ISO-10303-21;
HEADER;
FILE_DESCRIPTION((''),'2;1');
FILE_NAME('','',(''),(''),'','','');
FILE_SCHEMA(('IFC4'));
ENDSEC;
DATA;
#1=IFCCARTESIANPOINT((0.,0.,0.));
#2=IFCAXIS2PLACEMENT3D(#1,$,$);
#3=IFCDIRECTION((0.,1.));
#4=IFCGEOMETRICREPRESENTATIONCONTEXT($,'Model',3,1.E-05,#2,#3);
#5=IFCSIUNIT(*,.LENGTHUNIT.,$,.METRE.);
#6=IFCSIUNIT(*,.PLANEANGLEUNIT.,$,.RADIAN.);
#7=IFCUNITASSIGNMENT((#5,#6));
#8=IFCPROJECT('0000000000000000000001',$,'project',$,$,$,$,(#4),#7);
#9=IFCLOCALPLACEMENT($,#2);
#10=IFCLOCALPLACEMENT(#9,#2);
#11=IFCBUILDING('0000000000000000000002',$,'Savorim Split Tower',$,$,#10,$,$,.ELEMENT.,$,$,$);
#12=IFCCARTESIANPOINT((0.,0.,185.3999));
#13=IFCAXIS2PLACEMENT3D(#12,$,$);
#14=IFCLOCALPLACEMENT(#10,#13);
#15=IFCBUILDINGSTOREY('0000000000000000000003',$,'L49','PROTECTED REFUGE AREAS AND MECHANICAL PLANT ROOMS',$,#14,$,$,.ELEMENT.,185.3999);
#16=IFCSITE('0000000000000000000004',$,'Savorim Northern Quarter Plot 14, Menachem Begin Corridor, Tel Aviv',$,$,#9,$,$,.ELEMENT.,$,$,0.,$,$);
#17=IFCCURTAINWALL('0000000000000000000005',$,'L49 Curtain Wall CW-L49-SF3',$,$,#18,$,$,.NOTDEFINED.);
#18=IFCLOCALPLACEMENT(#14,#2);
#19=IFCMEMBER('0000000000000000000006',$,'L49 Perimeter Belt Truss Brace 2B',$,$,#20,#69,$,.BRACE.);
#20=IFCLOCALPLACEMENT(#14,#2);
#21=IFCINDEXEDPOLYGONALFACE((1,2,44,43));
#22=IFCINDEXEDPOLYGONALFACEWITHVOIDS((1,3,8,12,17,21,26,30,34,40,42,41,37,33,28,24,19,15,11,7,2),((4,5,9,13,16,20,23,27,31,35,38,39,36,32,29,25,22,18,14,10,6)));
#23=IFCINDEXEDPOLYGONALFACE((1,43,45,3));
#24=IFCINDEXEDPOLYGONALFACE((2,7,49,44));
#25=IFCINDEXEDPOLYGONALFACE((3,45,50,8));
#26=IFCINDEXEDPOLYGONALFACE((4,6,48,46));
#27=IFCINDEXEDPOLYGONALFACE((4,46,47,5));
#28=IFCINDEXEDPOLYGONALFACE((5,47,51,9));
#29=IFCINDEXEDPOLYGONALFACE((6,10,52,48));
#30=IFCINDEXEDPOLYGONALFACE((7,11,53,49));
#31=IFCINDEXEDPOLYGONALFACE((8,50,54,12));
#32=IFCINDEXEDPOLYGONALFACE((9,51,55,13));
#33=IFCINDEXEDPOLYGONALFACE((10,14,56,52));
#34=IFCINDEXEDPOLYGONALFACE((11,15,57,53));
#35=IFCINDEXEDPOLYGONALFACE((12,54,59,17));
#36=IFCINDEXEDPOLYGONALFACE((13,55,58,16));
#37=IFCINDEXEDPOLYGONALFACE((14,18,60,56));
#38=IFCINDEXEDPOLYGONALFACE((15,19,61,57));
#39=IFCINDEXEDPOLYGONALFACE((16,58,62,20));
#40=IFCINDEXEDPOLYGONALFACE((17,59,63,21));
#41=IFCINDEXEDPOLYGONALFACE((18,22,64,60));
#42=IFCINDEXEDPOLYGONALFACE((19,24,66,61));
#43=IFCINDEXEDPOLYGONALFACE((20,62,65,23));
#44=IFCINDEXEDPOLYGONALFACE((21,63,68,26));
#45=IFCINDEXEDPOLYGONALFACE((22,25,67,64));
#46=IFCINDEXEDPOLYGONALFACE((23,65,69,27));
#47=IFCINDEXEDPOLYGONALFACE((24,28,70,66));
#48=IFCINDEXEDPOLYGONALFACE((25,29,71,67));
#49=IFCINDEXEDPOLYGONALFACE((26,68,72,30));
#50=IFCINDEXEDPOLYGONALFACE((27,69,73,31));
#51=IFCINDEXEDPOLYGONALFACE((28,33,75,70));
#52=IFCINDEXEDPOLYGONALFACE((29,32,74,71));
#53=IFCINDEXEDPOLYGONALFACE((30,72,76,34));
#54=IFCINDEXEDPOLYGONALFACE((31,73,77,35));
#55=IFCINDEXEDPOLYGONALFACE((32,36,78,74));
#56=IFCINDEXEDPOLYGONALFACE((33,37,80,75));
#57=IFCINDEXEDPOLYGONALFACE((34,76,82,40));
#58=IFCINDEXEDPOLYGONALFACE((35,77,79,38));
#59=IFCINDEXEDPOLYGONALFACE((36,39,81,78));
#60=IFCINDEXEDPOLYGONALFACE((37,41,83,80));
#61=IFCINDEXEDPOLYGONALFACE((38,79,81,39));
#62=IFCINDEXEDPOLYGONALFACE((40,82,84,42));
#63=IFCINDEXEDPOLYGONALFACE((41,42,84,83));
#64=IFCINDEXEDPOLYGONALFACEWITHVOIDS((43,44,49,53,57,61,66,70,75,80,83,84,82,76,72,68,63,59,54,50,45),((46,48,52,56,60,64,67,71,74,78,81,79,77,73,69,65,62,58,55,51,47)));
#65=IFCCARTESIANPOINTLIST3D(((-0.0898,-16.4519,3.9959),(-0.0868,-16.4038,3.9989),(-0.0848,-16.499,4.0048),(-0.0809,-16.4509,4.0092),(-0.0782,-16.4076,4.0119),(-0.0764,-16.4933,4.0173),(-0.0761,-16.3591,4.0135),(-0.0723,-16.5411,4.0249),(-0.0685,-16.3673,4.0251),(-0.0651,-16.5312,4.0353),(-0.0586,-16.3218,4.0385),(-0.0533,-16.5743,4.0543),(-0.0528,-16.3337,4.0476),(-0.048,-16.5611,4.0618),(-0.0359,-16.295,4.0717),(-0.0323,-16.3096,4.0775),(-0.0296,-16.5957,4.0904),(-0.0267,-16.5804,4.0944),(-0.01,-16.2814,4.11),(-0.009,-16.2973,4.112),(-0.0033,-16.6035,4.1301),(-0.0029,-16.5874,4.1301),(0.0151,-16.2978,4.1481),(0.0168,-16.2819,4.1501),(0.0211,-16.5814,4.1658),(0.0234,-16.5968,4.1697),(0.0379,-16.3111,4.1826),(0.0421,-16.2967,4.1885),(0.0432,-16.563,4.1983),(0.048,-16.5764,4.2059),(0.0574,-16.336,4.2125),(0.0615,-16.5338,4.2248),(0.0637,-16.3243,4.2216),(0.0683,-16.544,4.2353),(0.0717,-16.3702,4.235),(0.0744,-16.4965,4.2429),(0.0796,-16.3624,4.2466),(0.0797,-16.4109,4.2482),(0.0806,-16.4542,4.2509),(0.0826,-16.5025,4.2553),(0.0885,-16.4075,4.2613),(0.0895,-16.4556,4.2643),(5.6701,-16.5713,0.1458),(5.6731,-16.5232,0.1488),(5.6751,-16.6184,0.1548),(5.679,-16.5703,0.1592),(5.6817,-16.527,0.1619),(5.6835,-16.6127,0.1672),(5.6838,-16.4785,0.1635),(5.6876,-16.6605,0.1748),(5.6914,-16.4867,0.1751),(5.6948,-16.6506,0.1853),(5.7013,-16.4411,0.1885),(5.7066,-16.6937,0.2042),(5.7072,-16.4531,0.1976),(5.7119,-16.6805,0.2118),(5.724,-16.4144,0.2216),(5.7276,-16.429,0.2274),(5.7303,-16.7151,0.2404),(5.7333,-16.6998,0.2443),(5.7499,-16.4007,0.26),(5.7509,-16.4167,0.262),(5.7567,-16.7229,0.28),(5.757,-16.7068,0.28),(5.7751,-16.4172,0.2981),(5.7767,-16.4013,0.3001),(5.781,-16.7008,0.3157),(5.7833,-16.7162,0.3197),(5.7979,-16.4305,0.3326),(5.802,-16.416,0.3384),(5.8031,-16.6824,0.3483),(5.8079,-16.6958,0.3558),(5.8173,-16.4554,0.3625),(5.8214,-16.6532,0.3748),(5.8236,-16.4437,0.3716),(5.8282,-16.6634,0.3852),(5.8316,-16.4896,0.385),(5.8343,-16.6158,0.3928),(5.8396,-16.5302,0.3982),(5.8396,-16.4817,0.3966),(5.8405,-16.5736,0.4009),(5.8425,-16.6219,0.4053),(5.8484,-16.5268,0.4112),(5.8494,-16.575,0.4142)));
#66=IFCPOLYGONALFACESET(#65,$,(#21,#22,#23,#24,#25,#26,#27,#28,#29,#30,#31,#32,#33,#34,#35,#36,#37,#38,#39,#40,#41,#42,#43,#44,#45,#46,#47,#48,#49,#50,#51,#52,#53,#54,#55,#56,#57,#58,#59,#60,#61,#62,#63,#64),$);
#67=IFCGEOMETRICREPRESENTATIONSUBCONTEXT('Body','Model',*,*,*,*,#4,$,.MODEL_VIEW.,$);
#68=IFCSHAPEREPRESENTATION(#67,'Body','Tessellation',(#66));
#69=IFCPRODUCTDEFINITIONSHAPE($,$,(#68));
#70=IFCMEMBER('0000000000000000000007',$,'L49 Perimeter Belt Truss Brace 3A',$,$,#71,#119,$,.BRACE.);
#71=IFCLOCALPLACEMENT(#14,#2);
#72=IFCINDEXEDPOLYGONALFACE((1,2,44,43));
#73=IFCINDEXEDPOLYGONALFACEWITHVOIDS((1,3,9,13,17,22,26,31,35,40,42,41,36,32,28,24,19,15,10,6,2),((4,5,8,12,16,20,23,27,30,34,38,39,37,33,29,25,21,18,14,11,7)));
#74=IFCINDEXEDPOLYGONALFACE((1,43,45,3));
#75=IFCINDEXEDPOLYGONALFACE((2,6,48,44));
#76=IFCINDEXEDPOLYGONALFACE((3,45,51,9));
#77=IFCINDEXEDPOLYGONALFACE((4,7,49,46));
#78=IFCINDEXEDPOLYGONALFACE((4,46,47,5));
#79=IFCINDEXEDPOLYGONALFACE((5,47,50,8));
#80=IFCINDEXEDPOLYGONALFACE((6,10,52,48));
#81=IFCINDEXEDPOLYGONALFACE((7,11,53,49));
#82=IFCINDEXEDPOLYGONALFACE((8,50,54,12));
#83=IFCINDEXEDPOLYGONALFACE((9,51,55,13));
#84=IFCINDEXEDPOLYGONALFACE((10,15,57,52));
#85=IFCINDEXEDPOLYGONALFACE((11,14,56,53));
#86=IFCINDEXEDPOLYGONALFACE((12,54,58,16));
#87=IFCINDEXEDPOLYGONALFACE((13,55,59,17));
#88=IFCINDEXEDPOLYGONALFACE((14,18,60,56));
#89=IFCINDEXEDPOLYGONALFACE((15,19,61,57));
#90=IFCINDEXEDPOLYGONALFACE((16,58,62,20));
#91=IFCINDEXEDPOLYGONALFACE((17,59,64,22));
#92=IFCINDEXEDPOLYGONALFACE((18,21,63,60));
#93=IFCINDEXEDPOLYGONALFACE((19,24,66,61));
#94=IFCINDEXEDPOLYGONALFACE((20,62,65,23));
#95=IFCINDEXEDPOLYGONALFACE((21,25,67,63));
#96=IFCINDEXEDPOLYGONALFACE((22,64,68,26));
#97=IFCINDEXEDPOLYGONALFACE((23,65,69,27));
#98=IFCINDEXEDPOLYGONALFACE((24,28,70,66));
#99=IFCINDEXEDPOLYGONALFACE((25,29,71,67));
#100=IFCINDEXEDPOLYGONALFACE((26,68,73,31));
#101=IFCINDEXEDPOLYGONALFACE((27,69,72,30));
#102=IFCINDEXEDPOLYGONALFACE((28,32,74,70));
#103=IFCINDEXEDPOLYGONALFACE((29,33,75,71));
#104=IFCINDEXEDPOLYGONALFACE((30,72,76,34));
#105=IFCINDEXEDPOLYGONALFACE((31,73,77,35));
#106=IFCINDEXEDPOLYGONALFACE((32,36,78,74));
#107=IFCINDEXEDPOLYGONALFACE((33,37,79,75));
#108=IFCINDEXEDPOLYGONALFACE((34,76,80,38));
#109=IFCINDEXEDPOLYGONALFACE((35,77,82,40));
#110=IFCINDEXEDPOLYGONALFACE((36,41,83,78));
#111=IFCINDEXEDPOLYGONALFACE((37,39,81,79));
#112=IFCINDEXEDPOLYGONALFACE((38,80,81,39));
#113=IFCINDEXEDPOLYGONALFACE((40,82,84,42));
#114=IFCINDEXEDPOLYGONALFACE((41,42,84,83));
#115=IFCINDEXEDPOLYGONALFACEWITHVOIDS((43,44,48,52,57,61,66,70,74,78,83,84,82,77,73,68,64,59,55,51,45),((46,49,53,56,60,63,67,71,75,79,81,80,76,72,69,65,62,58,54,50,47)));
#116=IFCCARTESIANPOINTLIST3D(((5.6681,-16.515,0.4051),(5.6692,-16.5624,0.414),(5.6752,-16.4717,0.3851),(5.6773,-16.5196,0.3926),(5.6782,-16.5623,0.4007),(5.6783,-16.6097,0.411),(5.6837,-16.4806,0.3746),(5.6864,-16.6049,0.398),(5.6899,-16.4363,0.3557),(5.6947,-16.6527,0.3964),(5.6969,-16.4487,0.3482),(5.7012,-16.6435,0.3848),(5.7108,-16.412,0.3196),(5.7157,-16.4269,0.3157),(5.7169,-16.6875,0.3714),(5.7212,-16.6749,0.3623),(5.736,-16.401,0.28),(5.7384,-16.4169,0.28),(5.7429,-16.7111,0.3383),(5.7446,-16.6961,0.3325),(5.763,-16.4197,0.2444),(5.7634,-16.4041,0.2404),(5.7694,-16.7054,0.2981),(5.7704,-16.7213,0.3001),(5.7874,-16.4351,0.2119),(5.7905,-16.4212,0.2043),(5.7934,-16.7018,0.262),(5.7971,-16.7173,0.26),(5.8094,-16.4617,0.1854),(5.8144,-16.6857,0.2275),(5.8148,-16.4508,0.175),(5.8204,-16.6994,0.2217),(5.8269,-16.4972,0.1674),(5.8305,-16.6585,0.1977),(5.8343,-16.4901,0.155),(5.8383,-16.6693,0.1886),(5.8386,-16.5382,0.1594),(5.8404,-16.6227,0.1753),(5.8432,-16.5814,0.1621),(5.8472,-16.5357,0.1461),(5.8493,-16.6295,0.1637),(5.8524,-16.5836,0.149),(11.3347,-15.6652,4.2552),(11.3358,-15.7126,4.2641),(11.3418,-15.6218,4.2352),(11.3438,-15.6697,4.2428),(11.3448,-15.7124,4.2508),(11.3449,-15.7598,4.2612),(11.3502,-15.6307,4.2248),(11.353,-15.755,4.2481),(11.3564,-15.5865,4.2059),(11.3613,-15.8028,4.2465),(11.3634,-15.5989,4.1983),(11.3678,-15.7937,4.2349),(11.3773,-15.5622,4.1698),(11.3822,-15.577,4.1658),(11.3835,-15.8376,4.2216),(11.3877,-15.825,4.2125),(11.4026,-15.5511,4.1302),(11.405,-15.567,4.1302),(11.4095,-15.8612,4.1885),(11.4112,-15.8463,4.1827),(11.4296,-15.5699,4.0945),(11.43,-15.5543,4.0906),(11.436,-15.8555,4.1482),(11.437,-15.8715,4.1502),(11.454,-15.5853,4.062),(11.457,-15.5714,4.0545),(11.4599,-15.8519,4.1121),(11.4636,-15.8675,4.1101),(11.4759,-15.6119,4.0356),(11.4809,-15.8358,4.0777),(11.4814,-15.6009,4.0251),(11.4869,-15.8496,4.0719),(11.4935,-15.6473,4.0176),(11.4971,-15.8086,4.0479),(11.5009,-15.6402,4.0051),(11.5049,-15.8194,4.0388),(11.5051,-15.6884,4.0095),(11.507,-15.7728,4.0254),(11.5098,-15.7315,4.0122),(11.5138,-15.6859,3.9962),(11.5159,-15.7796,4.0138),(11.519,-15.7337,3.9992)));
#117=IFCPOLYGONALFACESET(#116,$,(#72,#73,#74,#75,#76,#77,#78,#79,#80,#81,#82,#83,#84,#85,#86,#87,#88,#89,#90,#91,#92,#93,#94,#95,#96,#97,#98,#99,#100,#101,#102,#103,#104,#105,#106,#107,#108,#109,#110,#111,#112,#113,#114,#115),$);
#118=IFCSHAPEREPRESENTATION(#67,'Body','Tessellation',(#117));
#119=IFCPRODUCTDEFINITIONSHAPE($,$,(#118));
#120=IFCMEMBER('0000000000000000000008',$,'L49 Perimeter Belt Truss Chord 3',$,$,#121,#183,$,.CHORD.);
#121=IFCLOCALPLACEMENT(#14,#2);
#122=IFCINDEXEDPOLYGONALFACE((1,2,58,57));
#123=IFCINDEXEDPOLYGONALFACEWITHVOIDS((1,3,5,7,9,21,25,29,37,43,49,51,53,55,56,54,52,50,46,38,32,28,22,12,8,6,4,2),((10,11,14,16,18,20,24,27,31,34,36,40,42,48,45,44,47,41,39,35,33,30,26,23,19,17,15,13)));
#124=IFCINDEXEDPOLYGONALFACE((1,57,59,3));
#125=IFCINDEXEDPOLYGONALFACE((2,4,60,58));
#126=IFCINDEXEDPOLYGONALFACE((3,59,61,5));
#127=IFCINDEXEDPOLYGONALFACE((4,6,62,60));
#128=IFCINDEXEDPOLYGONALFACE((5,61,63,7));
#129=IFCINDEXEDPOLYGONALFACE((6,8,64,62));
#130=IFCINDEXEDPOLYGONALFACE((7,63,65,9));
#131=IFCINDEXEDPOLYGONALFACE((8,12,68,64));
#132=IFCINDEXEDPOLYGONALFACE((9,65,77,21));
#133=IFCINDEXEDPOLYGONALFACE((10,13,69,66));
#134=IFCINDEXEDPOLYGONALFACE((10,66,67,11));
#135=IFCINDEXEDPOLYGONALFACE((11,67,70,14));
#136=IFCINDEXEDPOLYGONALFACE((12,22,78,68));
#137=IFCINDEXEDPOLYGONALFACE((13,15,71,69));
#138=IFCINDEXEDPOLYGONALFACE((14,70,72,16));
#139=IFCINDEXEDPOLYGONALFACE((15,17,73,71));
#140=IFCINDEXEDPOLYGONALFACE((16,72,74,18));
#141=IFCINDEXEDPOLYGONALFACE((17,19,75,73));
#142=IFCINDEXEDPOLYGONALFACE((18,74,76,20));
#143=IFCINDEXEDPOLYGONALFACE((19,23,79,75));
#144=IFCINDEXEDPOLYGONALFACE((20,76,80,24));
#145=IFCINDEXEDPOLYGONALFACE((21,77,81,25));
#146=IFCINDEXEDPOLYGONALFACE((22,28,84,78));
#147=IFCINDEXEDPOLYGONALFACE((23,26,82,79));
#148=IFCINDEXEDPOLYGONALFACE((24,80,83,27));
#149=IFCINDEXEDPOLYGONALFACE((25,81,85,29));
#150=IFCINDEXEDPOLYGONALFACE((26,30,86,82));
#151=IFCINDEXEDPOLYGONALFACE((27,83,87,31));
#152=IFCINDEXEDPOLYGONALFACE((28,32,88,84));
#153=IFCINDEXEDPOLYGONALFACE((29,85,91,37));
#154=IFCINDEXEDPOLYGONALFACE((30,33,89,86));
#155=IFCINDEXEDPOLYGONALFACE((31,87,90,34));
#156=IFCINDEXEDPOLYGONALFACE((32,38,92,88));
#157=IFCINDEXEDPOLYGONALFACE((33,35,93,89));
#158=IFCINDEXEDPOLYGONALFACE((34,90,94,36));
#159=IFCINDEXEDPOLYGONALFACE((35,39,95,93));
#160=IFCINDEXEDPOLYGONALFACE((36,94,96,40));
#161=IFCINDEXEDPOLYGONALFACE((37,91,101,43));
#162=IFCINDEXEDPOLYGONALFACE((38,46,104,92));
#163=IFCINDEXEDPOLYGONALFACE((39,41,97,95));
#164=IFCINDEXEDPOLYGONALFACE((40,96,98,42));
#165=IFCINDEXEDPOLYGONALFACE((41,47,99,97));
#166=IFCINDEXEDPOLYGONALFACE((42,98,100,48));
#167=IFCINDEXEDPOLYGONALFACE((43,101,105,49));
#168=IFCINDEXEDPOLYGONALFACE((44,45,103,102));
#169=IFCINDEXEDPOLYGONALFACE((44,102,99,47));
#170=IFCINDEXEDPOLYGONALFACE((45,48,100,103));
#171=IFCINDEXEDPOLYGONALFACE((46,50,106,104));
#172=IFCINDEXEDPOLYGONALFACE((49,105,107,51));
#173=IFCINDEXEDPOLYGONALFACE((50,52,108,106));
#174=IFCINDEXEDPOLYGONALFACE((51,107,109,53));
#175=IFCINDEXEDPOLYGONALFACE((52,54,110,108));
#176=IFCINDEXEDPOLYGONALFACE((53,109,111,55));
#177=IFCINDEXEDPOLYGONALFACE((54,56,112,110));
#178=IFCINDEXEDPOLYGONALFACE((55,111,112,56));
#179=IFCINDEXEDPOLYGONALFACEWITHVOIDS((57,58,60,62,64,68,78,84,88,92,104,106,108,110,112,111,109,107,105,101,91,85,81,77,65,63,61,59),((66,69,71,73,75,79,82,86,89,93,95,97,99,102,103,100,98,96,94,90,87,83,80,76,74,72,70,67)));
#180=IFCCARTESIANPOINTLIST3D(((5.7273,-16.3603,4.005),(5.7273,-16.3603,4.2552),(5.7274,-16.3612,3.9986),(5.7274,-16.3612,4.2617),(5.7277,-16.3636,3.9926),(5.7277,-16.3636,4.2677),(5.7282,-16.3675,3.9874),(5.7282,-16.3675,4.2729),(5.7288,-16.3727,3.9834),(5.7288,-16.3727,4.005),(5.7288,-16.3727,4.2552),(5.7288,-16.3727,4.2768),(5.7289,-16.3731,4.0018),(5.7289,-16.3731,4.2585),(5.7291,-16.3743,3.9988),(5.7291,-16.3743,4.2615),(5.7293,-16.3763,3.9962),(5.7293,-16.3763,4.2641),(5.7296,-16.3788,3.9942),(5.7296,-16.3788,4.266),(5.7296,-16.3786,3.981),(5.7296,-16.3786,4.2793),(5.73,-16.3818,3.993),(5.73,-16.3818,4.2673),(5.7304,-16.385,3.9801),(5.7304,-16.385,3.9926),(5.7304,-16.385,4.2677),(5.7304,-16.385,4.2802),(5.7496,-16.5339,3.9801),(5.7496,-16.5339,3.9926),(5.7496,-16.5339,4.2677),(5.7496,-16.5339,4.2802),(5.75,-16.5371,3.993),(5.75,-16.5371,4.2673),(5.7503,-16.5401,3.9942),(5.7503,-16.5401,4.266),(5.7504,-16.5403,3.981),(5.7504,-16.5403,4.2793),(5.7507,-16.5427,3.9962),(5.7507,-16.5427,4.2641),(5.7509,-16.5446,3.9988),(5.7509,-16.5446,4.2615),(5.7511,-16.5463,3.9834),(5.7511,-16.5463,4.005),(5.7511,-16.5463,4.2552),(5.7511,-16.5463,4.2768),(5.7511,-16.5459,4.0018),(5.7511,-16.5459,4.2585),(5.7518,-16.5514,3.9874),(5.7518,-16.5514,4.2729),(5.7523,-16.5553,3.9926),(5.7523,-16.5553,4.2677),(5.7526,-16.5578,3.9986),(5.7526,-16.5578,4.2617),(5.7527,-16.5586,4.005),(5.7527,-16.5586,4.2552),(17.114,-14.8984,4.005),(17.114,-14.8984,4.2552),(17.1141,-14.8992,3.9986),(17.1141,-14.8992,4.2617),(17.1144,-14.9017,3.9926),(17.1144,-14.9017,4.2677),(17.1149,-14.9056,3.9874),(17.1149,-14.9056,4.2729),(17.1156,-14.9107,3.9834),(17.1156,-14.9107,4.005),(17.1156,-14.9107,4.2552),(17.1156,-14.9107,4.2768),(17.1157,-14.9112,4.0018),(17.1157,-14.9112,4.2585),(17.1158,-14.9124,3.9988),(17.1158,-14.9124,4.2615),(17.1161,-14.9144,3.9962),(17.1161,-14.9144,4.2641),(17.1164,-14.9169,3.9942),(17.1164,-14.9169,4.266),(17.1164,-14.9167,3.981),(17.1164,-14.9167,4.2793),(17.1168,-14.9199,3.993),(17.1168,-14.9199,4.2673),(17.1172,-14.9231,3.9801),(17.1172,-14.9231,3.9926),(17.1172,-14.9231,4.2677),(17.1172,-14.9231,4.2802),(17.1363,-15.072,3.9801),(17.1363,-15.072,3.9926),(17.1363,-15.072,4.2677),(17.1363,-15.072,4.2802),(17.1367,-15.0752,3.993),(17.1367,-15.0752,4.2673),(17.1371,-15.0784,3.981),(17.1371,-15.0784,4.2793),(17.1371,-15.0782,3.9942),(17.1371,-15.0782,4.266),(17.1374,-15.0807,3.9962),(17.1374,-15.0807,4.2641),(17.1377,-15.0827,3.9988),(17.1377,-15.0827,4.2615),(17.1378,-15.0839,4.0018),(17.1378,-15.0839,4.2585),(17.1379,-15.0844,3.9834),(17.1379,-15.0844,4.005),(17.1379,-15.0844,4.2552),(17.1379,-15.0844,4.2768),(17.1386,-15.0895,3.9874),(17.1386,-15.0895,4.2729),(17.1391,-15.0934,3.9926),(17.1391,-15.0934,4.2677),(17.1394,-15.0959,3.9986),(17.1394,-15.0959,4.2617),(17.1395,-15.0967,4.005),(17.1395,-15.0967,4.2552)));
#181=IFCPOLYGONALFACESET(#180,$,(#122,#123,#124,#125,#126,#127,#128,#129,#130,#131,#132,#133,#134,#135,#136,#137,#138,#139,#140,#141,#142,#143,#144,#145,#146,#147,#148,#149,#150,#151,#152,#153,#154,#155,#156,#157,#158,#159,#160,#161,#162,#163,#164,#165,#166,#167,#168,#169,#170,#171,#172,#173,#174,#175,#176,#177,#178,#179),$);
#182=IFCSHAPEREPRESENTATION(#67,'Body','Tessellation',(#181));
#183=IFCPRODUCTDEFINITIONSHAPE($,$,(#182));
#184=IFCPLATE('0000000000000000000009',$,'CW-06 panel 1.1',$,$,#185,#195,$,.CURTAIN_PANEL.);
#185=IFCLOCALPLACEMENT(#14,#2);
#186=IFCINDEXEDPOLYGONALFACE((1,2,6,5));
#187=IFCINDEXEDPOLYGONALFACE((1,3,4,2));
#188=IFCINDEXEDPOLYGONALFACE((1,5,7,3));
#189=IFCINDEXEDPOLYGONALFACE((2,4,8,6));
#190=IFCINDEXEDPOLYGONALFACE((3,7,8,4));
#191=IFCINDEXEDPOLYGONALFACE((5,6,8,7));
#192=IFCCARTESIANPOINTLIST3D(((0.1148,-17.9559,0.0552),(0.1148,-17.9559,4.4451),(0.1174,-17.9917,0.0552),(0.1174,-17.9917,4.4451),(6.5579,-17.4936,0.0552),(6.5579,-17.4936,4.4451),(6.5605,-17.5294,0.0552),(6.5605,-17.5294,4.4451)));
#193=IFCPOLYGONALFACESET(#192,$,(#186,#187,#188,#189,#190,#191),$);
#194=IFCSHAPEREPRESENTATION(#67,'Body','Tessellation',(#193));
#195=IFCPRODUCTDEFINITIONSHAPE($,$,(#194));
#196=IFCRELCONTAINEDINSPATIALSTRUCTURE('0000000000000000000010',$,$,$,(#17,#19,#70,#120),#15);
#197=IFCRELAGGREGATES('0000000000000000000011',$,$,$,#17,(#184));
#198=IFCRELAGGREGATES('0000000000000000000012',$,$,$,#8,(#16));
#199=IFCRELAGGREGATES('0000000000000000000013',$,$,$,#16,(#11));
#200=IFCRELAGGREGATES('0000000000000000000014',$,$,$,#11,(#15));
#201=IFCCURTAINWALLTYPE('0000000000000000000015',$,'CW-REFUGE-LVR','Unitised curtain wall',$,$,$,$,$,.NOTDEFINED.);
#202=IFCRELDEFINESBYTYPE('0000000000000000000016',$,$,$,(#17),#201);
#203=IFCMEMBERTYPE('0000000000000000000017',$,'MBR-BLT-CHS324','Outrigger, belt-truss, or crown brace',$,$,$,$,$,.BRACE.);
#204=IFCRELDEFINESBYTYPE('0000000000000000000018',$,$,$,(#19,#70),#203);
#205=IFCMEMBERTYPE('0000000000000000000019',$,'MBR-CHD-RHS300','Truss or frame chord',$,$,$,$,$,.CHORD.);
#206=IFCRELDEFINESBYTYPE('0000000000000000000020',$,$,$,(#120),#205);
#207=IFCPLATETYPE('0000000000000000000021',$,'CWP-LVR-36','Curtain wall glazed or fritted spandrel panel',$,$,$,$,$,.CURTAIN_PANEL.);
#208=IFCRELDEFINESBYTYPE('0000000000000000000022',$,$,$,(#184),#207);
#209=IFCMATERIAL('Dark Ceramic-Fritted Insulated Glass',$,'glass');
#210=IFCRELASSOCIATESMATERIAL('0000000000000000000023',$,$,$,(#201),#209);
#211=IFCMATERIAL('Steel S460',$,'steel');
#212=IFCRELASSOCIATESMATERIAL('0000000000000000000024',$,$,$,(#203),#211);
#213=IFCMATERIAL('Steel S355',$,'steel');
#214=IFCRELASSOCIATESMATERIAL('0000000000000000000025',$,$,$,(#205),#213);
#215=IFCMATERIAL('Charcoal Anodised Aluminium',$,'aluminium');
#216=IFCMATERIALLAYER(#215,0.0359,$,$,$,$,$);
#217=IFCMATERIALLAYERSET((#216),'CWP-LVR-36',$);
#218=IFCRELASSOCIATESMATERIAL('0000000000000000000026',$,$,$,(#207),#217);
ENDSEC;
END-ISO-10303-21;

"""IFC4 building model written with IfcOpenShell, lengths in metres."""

from ifc_helpers import new_model, si_unit, direction, frame, origin, origin_2d, place, context, subcontext, project, spatial, rectangle, hollow_rectangle, hollow_circle, extrude, material, layer, layer_set, material_profile, profile_set, type_object, element, aggregate, save


model = new_model("IFC4")

# Units and contexts
model_context = context("Model", 3, precision=1e-05, world=origin(), true_north=direction((0.0, 1.0)))
body_context = subcontext(model_context, "Body", "Model", "MODEL_VIEW")
ifc_project = project(units=[si_unit("LENGTHUNIT", "METRE"), si_unit("PLANEANGLEUNIT", "RADIAN")], contexts=[model_context])

# Site, building, storey
site_placement = place(None, origin())
site = spatial("IfcSite", under=ifc_project, at=site_placement, Name="Savorim Northern Quarter Plot 14, Menachem Begin Corridor, Tel Aviv", CompositionType="ELEMENT", RefElevation=0.0)
building_placement = place(site_placement, origin())
building = spatial("IfcBuilding", under=site, at=building_placement, Name="Savorim Split Tower", CompositionType="ELEMENT")
storey_placement = place(building_placement, frame((0.0, 0.0, 185.3999)))
storey = spatial("IfcBuildingStorey", under=building, at=storey_placement, Name="L49", Description="PROTECTED REFUGE AREAS AND MECHANICAL PLANT ROOMS", CompositionType="ELEMENT", Elevation=185.3999)

# Shared definitions
ifc_material_1 = material(Name="Steel S355", Category="steel")

# Curtain wall
ifc_material_2 = material(Name="Dark Ceramic-Fritted Insulated Glass", Category="glass")
curtain_wall_type = type_object("IfcCurtainWallType", Name="CW-REFUGE-LVR", Description="Unitised curtain wall", PredefinedType="NOTDEFINED", material=ifc_material_2)
curtain_wall_placement = place(storey_placement, origin())
curtain_wall = element("IfcCurtainWall", 1, at=curtain_wall_placement, inside=storey, type_object=curtain_wall_type, Name="L49 Curtain Wall CW-L49-SF3", PredefinedType="NOTDEFINED")
ifc_material_3 = material(Name="Charcoal Anodised Aluminium", Category="aluminium")

# Members
ifc_material_4 = material(Name="Steel S460", Category="steel")
ifc_material_profile_1 = material_profile(ifc_material_4, hollow_circle(Radius=0.1619, WallThickness=0.0161, at=origin_2d()), Name="CHS 323.9x16")
ifc_profile_set_1 = profile_set([ifc_material_profile_1], Name="Steel S460")
member_type_1 = type_object("IfcMemberType", Name="MBR-BLT-CHS324", Description="Outrigger, belt-truss, or crown brace", PredefinedType="BRACE", material=ifc_profile_set_1)
member_1_placement = place(storey_placement, frame((5.76, -16.561, 0.28), z_axis=(-0.831254, 0.017229, 0.555626), x_axis=(-0.020722, -0.999785, 0.0)))
element("IfcMember", 2, at=member_1_placement, inside=storey, type_object=member_type_1, Name="L49 Perimeter Belt Truss Brace 2B", PredefinedType="BRACE", context=body_context, shape_type="SweptSolid", body=[
    extrude(hollow_circle(Radius=0.1619, WallThickness=0.0161, at=origin_2d()), origin(), (0.0, 0.0, 1.0), 6.9292),
])
member_2_placement = place(storey_placement, frame((5.76, -16.561, 0.28), z_axis=(0.820847, 0.123109, 0.557723), x_axis=(-0.14832, 0.988939, 0.0)))
element("IfcMember", 3, at=member_2_placement, inside=storey, type_object=member_type_1, Name="L49 Perimeter Belt Truss Brace 3A", PredefinedType="BRACE", context=body_context, shape_type="SweptSolid", body=[
    extrude(hollow_circle(Radius=0.1619, WallThickness=0.0161, at=origin_2d()), origin(), (0.0, 0.0, 1.0), 6.9033),
])
ifc_material_profile_2 = material_profile(ifc_material_1, hollow_rectangle(XDim=0.2, YDim=0.3, WallThickness=0.0125, InnerFilletRadius=0.0125, OuterFilletRadius=0.0249, at=origin_2d()), Name="RHS 300x200x12.5")
ifc_profile_set_2 = profile_set([ifc_material_profile_2], Name="Steel S355")
member_type_2 = type_object("IfcMemberType", Name="MBR-CHD-RHS300", Description="Truss or frame chord", PredefinedType="CHORD", material=ifc_profile_set_2)
member_3_placement = place(storey_placement, frame((5.74, -16.4595, 4.1301), z_axis=(0.991859, 0.127342, 0.0), x_axis=(-0.127342, 0.991859, 0.0)))
element("IfcMember", 4, at=member_3_placement, inside=storey, type_object=member_type_2, Name="L49 Perimeter Belt Truss Chord 3", PredefinedType="CHORD", context=body_context, shape_type="SweptSolid", body=[
    extrude(hollow_rectangle(XDim=0.2, YDim=0.3, WallThickness=0.0125, InnerFilletRadius=0.0125, OuterFilletRadius=0.0249, at=origin_2d()), origin(), (0.0, 0.0, 1.0), 11.4802),
])

# Plate
ifc_layer_1 = layer(ifc_material_3, 0.0359)
ifc_layer_set_1 = layer_set([ifc_layer_1], Name="CWP-LVR-36")
plate_type_1 = type_object("IfcPlateType", Name="CWP-LVR-36", Description="Curtain wall glazed or fritted spandrel panel", PredefinedType="CURTAIN_PANEL", material=ifc_layer_set_1)
plate_1_placement = place(storey_placement, frame((3.3376, -17.7427, 0.0552), z_axis=(0.0, 0.0, 1.0), x_axis=(0.997436, 0.071562, 0.0)))
plate_1 = element("IfcPlate", 5, at=plate_1_placement, type_object=plate_type_1, Name="CW-06 panel 1.1", PredefinedType="CURTAIN_PANEL", context=body_context, shape_type="SweptSolid", body=[
    extrude(rectangle(XDim=6.4597, YDim=0.0359, at=origin_2d()), origin(), (0.0, 0.0, 1.0), 4.3899),
])
aggregate(curtain_wall, [plate_1])

save(model, "model.ifc")
